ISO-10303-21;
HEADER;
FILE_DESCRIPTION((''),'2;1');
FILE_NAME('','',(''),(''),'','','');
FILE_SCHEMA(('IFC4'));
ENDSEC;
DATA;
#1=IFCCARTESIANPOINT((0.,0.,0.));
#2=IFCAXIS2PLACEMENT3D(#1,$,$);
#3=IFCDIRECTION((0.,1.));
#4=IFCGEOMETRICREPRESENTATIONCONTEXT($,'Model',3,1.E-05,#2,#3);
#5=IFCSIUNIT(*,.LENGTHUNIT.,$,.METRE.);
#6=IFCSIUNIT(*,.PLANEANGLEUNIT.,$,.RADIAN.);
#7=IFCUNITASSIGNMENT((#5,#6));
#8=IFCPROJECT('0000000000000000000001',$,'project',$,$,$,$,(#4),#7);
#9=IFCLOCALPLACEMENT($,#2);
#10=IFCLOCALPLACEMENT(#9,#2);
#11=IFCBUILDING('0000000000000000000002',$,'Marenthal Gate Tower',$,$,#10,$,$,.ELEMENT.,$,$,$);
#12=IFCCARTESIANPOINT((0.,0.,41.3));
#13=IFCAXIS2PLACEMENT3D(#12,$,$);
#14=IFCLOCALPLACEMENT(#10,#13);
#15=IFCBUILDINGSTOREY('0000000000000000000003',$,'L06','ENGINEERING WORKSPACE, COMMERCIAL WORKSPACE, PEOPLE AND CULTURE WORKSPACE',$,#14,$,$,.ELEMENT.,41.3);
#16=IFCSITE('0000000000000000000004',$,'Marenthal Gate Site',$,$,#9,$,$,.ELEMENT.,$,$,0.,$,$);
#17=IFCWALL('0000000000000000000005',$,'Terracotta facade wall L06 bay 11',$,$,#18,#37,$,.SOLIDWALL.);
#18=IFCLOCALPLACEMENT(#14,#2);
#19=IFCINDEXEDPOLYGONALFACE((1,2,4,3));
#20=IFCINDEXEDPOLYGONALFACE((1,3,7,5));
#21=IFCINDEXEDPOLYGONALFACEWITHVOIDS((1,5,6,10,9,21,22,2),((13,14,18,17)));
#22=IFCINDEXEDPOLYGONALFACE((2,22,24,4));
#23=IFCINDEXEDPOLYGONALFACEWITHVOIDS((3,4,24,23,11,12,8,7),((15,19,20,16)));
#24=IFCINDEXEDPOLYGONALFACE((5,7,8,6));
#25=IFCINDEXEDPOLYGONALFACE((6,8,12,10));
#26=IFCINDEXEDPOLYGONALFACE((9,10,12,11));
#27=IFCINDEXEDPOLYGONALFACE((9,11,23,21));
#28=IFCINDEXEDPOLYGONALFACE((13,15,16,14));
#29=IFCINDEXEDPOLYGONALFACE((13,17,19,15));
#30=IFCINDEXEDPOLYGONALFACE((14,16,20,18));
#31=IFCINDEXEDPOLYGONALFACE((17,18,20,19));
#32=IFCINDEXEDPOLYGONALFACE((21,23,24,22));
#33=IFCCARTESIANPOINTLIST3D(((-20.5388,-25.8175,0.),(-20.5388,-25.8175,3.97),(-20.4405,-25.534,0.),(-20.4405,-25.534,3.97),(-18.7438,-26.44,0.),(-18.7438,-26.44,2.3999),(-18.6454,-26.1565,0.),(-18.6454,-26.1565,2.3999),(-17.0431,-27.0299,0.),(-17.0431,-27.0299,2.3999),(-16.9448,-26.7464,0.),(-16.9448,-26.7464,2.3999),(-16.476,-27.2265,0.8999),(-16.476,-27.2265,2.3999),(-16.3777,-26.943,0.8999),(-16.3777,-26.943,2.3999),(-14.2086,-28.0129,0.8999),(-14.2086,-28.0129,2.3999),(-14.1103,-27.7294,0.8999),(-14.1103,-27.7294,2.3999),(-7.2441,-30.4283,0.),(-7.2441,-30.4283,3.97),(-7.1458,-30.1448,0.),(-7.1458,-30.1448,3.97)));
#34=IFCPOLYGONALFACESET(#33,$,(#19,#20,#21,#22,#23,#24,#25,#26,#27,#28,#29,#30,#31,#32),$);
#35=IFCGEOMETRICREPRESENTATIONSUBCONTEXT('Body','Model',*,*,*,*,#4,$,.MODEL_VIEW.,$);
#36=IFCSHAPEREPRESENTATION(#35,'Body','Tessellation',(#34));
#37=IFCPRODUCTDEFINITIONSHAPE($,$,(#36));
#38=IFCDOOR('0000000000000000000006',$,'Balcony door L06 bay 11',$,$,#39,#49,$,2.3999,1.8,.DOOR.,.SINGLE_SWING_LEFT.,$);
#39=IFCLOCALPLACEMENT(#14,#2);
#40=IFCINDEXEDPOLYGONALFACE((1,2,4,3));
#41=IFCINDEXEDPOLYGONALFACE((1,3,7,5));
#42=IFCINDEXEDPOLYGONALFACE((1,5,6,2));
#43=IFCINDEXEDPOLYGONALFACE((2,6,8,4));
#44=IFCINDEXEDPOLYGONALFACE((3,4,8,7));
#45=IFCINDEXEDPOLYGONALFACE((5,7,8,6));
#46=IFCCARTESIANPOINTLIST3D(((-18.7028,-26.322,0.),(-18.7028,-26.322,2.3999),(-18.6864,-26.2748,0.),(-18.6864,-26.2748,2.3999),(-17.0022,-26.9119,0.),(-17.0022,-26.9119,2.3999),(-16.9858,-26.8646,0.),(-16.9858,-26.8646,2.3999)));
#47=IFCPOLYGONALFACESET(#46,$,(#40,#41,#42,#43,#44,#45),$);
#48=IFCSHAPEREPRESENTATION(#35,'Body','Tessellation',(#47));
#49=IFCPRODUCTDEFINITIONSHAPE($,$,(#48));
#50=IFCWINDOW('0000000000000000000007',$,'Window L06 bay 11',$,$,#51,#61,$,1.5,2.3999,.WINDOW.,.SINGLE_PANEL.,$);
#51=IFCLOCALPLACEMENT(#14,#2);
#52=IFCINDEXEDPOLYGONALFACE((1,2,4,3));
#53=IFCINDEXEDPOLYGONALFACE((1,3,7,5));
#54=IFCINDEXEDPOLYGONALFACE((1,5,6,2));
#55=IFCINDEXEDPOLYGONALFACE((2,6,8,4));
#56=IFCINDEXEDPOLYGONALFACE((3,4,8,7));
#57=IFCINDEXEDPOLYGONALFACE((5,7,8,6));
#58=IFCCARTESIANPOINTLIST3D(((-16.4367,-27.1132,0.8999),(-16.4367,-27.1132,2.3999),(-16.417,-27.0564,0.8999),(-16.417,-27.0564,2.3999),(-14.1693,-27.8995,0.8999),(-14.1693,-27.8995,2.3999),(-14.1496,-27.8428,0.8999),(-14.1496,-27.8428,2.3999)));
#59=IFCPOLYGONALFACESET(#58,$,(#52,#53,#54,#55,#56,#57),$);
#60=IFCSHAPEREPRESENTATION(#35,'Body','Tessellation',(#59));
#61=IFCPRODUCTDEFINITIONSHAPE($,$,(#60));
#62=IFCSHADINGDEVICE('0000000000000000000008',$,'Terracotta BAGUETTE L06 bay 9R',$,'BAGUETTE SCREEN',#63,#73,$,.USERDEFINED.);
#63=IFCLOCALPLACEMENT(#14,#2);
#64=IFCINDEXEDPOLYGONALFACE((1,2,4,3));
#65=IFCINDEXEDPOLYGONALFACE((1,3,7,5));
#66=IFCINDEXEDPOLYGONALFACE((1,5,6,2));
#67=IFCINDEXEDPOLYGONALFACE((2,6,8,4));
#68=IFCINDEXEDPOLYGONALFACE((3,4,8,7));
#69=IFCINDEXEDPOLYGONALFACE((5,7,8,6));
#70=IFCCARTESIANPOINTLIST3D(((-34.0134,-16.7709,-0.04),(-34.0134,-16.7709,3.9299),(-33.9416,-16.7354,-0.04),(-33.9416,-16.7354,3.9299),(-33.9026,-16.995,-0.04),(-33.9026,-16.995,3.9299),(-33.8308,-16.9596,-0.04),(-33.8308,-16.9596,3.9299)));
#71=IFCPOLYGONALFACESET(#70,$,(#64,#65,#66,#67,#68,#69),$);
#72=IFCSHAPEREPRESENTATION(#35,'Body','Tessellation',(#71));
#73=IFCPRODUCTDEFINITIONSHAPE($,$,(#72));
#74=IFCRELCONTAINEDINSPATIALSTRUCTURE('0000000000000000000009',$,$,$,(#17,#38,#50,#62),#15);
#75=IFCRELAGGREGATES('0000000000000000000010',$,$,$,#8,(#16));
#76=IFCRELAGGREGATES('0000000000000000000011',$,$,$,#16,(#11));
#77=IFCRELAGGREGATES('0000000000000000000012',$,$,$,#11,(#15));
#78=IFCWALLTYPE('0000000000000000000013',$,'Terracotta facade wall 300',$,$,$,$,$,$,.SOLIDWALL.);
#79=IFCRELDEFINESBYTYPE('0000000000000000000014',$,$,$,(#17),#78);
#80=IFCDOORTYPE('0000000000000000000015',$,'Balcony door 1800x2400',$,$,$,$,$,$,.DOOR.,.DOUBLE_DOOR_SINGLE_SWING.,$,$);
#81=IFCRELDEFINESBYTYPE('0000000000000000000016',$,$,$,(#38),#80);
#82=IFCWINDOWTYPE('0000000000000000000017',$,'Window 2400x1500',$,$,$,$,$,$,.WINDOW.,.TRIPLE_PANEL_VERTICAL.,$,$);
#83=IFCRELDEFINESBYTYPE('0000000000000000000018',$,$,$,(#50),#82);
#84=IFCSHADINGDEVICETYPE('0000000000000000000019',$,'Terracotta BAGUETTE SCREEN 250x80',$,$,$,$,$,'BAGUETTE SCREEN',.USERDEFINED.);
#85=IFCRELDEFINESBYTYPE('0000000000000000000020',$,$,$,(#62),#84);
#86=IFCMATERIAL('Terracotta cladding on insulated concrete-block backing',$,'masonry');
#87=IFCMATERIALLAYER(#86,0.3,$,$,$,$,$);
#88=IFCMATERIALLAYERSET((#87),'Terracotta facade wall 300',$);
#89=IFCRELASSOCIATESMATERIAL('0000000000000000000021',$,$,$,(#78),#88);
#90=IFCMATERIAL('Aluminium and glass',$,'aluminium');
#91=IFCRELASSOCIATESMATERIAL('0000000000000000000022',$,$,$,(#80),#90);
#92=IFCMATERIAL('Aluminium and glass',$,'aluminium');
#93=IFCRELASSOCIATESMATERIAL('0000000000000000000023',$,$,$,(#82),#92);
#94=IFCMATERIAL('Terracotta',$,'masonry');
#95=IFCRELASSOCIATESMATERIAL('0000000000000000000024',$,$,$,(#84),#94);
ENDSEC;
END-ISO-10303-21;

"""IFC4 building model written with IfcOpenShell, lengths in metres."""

from ifc_helpers import new_model, si_unit, direction, frame, frame_2d, origin, origin_2d, place, context, subcontext, project, spatial, rectangle, extrude, material, layer, layer_set, material_profile, profile_set, type_object, element, fill, save


model = new_model("IFC4")

# Units and contexts
model_context = context("Model", 3, precision=1e-05, world=origin(), true_north=direction((0.0, 1.0)))
body_context = subcontext(model_context, "Body", "Model", "MODEL_VIEW")
ifc_project = project(units=[si_unit("LENGTHUNIT", "METRE"), si_unit("PLANEANGLEUNIT", "RADIAN")], contexts=[model_context])

# Site, building, storey
site_placement = place(None, origin())
site = spatial("IfcSite", under=ifc_project, at=site_placement, Name="Marenthal Gate Site", CompositionType="ELEMENT", RefElevation=0.0)
building_placement = place(site_placement, origin())
building = spatial("IfcBuilding", under=site, at=building_placement, Name="Marenthal Gate Tower", CompositionType="ELEMENT")
storey_placement = place(building_placement, frame((0.0, 0.0, 41.3)))
storey = spatial("IfcBuildingStorey", under=building, at=storey_placement, Name="L06", Description="ENGINEERING WORKSPACE, COMMERCIAL WORKSPACE, PEOPLE AND CULTURE WORKSPACE", CompositionType="ELEMENT", Elevation=41.3)

# Wall, openings, door, window
ifc_material_1 = material(Name="Terracotta cladding on insulated concrete-block backing", Category="masonry")
ifc_layer_1 = layer(ifc_material_1, 0.3)
ifc_layer_set_1 = layer_set([ifc_layer_1], Name="Terracotta facade wall 300")
wall_type = type_object("IfcWallType", Name="Terracotta facade wall 300", PredefinedType="SOLIDWALL", material=ifc_layer_set_1)
wall_placement = place(storey_placement, frame((-20.4895, -25.6758, 0.0), z_axis=(0.0, 0.0, 1.0), x_axis=(0.944792, -0.327671, 0.0)))
wall = element("IfcWall", 1, at=wall_placement, inside=storey, type_object=wall_type, Name="Terracotta facade wall L06 bay 11", PredefinedType="SOLIDWALL", context=body_context, shape_type="SweptSolid", body=[
    extrude(rectangle(XDim=14.0715, YDim=0.3, at=frame_2d((7.0356, 0.0))), origin(), (0.0, 0.0, 1.0), 3.97),
])
opening_1_placement = place(wall_placement, frame((1.8999, 0.0, 0.0)))
opening_1 = element("IfcOpeningElement", 2, at=opening_1_placement, cuts=wall, PredefinedType="OPENING", context=body_context, shape_type="SweptSolid", body=[
    extrude(rectangle(XDim=1.8, YDim=2.3999, at=frame_2d((0.8999, 1.2))), frame((0.0, 0.1602, 0.0), z_axis=(0.0, -1.0, 0.0), x_axis=(1.0, 0.0, 0.0)), (0.0, 0.0, 1.0), 0.3201),
])
opening_2_placement = place(wall_placement, frame((4.3, 0.0, 0.8999)))
opening_2 = element("IfcOpeningElement", 3, at=opening_2_placement, cuts=wall, PredefinedType="OPENING", context=body_context, shape_type="SweptSolid", body=[
    extrude(rectangle(XDim=2.3999, YDim=1.5, at=frame_2d((1.2, 0.75))), frame((0.0, 0.1602, 0.0), z_axis=(0.0, -1.0, 0.0), x_axis=(1.0, 0.0, 0.0)), (0.0, 0.0, 1.0), 0.3201),
])
ifc_material_2 = material(Name="Aluminium and glass", Category="aluminium")
door_type = type_object("IfcDoorType", Name="Balcony door 1800x2400", OperationType="DOUBLE_DOOR_SINGLE_SWING", PredefinedType="DOOR", material=ifc_material_2)
door_placement = place(opening_1_placement, origin())
door = element("IfcDoor", 4, at=door_placement, inside=storey, type_object=door_type, Name="Balcony door L06 bay 11", OperationType="SINGLE_SWING_LEFT", OverallHeight=2.3999, OverallWidth=1.8, PredefinedType="DOOR", context=body_context, shape_type="SweptSolid", body=[
    extrude(rectangle(XDim=1.8, YDim=2.3999, at=frame_2d((0.8999, 1.2))), frame((0.0, 0.0249, 0.0), z_axis=(0.0, -1.0, 0.0), x_axis=(1.0, 0.0, 0.0)), (0.0, 0.0, 1.0), 0.05),
])
fill(opening_1, door)
ifc_material_3 = material(Name="Aluminium and glass", Category="aluminium")
window_type = type_object("IfcWindowType", Name="Window 2400x1500", PartitioningType="TRIPLE_PANEL_VERTICAL", PredefinedType="WINDOW", material=ifc_material_3)
window_placement = place(opening_2_placement, origin())
window = element("IfcWindow", 5, at=window_placement, inside=storey, type_object=window_type, Name="Window L06 bay 11", OverallHeight=1.5, OverallWidth=2.3999, PartitioningType="SINGLE_PANEL", PredefinedType="WINDOW", context=body_context, shape_type="SweptSolid", body=[
    extrude(rectangle(XDim=2.3999, YDim=1.5, at=frame_2d((1.2, 0.75))), frame((0.0, 0.03, 0.0), z_axis=(0.0, -1.0, 0.0), x_axis=(1.0, 0.0, 0.0)), (0.0, 0.0, 1.0), 0.0601),
])
fill(opening_2, window)

# Shading device
ifc_material_4 = material(Name="Terracotta", Category="masonry")
ifc_material_profile_1 = material_profile(ifc_material_4, rectangle(XDim=0.25, YDim=0.0801, at=origin_2d()), Name="Terracotta baguette 250x80")
ifc_profile_set_1 = profile_set([ifc_material_profile_1], Name="Terracotta")
shading_device_type = type_object("IfcShadingDeviceType", Name="Terracotta BAGUETTE SCREEN 250x80", ElementType="BAGUETTE SCREEN", PredefinedType="USERDEFINED", material=ifc_profile_set_1)
shading_device_placement = place(storey_placement, frame((-33.9221, -16.8652, -0.04), z_axis=(0.0, 0.0, 1.0), x_axis=(0.44312, -0.896462, 0.0)))
element("IfcShadingDevice", 6, at=shading_device_placement, inside=storey, type_object=shading_device_type, Name="Terracotta BAGUETTE L06 bay 9R", ObjectType="BAGUETTE SCREEN", PredefinedType="USERDEFINED", context=body_context, shape_type="SweptSolid", body=[
    extrude(rectangle(XDim=0.25, YDim=0.0801, at=origin_2d()), origin(), (0.0, 0.0, 1.0), 3.97),
])

save(model, "model.ifc")
